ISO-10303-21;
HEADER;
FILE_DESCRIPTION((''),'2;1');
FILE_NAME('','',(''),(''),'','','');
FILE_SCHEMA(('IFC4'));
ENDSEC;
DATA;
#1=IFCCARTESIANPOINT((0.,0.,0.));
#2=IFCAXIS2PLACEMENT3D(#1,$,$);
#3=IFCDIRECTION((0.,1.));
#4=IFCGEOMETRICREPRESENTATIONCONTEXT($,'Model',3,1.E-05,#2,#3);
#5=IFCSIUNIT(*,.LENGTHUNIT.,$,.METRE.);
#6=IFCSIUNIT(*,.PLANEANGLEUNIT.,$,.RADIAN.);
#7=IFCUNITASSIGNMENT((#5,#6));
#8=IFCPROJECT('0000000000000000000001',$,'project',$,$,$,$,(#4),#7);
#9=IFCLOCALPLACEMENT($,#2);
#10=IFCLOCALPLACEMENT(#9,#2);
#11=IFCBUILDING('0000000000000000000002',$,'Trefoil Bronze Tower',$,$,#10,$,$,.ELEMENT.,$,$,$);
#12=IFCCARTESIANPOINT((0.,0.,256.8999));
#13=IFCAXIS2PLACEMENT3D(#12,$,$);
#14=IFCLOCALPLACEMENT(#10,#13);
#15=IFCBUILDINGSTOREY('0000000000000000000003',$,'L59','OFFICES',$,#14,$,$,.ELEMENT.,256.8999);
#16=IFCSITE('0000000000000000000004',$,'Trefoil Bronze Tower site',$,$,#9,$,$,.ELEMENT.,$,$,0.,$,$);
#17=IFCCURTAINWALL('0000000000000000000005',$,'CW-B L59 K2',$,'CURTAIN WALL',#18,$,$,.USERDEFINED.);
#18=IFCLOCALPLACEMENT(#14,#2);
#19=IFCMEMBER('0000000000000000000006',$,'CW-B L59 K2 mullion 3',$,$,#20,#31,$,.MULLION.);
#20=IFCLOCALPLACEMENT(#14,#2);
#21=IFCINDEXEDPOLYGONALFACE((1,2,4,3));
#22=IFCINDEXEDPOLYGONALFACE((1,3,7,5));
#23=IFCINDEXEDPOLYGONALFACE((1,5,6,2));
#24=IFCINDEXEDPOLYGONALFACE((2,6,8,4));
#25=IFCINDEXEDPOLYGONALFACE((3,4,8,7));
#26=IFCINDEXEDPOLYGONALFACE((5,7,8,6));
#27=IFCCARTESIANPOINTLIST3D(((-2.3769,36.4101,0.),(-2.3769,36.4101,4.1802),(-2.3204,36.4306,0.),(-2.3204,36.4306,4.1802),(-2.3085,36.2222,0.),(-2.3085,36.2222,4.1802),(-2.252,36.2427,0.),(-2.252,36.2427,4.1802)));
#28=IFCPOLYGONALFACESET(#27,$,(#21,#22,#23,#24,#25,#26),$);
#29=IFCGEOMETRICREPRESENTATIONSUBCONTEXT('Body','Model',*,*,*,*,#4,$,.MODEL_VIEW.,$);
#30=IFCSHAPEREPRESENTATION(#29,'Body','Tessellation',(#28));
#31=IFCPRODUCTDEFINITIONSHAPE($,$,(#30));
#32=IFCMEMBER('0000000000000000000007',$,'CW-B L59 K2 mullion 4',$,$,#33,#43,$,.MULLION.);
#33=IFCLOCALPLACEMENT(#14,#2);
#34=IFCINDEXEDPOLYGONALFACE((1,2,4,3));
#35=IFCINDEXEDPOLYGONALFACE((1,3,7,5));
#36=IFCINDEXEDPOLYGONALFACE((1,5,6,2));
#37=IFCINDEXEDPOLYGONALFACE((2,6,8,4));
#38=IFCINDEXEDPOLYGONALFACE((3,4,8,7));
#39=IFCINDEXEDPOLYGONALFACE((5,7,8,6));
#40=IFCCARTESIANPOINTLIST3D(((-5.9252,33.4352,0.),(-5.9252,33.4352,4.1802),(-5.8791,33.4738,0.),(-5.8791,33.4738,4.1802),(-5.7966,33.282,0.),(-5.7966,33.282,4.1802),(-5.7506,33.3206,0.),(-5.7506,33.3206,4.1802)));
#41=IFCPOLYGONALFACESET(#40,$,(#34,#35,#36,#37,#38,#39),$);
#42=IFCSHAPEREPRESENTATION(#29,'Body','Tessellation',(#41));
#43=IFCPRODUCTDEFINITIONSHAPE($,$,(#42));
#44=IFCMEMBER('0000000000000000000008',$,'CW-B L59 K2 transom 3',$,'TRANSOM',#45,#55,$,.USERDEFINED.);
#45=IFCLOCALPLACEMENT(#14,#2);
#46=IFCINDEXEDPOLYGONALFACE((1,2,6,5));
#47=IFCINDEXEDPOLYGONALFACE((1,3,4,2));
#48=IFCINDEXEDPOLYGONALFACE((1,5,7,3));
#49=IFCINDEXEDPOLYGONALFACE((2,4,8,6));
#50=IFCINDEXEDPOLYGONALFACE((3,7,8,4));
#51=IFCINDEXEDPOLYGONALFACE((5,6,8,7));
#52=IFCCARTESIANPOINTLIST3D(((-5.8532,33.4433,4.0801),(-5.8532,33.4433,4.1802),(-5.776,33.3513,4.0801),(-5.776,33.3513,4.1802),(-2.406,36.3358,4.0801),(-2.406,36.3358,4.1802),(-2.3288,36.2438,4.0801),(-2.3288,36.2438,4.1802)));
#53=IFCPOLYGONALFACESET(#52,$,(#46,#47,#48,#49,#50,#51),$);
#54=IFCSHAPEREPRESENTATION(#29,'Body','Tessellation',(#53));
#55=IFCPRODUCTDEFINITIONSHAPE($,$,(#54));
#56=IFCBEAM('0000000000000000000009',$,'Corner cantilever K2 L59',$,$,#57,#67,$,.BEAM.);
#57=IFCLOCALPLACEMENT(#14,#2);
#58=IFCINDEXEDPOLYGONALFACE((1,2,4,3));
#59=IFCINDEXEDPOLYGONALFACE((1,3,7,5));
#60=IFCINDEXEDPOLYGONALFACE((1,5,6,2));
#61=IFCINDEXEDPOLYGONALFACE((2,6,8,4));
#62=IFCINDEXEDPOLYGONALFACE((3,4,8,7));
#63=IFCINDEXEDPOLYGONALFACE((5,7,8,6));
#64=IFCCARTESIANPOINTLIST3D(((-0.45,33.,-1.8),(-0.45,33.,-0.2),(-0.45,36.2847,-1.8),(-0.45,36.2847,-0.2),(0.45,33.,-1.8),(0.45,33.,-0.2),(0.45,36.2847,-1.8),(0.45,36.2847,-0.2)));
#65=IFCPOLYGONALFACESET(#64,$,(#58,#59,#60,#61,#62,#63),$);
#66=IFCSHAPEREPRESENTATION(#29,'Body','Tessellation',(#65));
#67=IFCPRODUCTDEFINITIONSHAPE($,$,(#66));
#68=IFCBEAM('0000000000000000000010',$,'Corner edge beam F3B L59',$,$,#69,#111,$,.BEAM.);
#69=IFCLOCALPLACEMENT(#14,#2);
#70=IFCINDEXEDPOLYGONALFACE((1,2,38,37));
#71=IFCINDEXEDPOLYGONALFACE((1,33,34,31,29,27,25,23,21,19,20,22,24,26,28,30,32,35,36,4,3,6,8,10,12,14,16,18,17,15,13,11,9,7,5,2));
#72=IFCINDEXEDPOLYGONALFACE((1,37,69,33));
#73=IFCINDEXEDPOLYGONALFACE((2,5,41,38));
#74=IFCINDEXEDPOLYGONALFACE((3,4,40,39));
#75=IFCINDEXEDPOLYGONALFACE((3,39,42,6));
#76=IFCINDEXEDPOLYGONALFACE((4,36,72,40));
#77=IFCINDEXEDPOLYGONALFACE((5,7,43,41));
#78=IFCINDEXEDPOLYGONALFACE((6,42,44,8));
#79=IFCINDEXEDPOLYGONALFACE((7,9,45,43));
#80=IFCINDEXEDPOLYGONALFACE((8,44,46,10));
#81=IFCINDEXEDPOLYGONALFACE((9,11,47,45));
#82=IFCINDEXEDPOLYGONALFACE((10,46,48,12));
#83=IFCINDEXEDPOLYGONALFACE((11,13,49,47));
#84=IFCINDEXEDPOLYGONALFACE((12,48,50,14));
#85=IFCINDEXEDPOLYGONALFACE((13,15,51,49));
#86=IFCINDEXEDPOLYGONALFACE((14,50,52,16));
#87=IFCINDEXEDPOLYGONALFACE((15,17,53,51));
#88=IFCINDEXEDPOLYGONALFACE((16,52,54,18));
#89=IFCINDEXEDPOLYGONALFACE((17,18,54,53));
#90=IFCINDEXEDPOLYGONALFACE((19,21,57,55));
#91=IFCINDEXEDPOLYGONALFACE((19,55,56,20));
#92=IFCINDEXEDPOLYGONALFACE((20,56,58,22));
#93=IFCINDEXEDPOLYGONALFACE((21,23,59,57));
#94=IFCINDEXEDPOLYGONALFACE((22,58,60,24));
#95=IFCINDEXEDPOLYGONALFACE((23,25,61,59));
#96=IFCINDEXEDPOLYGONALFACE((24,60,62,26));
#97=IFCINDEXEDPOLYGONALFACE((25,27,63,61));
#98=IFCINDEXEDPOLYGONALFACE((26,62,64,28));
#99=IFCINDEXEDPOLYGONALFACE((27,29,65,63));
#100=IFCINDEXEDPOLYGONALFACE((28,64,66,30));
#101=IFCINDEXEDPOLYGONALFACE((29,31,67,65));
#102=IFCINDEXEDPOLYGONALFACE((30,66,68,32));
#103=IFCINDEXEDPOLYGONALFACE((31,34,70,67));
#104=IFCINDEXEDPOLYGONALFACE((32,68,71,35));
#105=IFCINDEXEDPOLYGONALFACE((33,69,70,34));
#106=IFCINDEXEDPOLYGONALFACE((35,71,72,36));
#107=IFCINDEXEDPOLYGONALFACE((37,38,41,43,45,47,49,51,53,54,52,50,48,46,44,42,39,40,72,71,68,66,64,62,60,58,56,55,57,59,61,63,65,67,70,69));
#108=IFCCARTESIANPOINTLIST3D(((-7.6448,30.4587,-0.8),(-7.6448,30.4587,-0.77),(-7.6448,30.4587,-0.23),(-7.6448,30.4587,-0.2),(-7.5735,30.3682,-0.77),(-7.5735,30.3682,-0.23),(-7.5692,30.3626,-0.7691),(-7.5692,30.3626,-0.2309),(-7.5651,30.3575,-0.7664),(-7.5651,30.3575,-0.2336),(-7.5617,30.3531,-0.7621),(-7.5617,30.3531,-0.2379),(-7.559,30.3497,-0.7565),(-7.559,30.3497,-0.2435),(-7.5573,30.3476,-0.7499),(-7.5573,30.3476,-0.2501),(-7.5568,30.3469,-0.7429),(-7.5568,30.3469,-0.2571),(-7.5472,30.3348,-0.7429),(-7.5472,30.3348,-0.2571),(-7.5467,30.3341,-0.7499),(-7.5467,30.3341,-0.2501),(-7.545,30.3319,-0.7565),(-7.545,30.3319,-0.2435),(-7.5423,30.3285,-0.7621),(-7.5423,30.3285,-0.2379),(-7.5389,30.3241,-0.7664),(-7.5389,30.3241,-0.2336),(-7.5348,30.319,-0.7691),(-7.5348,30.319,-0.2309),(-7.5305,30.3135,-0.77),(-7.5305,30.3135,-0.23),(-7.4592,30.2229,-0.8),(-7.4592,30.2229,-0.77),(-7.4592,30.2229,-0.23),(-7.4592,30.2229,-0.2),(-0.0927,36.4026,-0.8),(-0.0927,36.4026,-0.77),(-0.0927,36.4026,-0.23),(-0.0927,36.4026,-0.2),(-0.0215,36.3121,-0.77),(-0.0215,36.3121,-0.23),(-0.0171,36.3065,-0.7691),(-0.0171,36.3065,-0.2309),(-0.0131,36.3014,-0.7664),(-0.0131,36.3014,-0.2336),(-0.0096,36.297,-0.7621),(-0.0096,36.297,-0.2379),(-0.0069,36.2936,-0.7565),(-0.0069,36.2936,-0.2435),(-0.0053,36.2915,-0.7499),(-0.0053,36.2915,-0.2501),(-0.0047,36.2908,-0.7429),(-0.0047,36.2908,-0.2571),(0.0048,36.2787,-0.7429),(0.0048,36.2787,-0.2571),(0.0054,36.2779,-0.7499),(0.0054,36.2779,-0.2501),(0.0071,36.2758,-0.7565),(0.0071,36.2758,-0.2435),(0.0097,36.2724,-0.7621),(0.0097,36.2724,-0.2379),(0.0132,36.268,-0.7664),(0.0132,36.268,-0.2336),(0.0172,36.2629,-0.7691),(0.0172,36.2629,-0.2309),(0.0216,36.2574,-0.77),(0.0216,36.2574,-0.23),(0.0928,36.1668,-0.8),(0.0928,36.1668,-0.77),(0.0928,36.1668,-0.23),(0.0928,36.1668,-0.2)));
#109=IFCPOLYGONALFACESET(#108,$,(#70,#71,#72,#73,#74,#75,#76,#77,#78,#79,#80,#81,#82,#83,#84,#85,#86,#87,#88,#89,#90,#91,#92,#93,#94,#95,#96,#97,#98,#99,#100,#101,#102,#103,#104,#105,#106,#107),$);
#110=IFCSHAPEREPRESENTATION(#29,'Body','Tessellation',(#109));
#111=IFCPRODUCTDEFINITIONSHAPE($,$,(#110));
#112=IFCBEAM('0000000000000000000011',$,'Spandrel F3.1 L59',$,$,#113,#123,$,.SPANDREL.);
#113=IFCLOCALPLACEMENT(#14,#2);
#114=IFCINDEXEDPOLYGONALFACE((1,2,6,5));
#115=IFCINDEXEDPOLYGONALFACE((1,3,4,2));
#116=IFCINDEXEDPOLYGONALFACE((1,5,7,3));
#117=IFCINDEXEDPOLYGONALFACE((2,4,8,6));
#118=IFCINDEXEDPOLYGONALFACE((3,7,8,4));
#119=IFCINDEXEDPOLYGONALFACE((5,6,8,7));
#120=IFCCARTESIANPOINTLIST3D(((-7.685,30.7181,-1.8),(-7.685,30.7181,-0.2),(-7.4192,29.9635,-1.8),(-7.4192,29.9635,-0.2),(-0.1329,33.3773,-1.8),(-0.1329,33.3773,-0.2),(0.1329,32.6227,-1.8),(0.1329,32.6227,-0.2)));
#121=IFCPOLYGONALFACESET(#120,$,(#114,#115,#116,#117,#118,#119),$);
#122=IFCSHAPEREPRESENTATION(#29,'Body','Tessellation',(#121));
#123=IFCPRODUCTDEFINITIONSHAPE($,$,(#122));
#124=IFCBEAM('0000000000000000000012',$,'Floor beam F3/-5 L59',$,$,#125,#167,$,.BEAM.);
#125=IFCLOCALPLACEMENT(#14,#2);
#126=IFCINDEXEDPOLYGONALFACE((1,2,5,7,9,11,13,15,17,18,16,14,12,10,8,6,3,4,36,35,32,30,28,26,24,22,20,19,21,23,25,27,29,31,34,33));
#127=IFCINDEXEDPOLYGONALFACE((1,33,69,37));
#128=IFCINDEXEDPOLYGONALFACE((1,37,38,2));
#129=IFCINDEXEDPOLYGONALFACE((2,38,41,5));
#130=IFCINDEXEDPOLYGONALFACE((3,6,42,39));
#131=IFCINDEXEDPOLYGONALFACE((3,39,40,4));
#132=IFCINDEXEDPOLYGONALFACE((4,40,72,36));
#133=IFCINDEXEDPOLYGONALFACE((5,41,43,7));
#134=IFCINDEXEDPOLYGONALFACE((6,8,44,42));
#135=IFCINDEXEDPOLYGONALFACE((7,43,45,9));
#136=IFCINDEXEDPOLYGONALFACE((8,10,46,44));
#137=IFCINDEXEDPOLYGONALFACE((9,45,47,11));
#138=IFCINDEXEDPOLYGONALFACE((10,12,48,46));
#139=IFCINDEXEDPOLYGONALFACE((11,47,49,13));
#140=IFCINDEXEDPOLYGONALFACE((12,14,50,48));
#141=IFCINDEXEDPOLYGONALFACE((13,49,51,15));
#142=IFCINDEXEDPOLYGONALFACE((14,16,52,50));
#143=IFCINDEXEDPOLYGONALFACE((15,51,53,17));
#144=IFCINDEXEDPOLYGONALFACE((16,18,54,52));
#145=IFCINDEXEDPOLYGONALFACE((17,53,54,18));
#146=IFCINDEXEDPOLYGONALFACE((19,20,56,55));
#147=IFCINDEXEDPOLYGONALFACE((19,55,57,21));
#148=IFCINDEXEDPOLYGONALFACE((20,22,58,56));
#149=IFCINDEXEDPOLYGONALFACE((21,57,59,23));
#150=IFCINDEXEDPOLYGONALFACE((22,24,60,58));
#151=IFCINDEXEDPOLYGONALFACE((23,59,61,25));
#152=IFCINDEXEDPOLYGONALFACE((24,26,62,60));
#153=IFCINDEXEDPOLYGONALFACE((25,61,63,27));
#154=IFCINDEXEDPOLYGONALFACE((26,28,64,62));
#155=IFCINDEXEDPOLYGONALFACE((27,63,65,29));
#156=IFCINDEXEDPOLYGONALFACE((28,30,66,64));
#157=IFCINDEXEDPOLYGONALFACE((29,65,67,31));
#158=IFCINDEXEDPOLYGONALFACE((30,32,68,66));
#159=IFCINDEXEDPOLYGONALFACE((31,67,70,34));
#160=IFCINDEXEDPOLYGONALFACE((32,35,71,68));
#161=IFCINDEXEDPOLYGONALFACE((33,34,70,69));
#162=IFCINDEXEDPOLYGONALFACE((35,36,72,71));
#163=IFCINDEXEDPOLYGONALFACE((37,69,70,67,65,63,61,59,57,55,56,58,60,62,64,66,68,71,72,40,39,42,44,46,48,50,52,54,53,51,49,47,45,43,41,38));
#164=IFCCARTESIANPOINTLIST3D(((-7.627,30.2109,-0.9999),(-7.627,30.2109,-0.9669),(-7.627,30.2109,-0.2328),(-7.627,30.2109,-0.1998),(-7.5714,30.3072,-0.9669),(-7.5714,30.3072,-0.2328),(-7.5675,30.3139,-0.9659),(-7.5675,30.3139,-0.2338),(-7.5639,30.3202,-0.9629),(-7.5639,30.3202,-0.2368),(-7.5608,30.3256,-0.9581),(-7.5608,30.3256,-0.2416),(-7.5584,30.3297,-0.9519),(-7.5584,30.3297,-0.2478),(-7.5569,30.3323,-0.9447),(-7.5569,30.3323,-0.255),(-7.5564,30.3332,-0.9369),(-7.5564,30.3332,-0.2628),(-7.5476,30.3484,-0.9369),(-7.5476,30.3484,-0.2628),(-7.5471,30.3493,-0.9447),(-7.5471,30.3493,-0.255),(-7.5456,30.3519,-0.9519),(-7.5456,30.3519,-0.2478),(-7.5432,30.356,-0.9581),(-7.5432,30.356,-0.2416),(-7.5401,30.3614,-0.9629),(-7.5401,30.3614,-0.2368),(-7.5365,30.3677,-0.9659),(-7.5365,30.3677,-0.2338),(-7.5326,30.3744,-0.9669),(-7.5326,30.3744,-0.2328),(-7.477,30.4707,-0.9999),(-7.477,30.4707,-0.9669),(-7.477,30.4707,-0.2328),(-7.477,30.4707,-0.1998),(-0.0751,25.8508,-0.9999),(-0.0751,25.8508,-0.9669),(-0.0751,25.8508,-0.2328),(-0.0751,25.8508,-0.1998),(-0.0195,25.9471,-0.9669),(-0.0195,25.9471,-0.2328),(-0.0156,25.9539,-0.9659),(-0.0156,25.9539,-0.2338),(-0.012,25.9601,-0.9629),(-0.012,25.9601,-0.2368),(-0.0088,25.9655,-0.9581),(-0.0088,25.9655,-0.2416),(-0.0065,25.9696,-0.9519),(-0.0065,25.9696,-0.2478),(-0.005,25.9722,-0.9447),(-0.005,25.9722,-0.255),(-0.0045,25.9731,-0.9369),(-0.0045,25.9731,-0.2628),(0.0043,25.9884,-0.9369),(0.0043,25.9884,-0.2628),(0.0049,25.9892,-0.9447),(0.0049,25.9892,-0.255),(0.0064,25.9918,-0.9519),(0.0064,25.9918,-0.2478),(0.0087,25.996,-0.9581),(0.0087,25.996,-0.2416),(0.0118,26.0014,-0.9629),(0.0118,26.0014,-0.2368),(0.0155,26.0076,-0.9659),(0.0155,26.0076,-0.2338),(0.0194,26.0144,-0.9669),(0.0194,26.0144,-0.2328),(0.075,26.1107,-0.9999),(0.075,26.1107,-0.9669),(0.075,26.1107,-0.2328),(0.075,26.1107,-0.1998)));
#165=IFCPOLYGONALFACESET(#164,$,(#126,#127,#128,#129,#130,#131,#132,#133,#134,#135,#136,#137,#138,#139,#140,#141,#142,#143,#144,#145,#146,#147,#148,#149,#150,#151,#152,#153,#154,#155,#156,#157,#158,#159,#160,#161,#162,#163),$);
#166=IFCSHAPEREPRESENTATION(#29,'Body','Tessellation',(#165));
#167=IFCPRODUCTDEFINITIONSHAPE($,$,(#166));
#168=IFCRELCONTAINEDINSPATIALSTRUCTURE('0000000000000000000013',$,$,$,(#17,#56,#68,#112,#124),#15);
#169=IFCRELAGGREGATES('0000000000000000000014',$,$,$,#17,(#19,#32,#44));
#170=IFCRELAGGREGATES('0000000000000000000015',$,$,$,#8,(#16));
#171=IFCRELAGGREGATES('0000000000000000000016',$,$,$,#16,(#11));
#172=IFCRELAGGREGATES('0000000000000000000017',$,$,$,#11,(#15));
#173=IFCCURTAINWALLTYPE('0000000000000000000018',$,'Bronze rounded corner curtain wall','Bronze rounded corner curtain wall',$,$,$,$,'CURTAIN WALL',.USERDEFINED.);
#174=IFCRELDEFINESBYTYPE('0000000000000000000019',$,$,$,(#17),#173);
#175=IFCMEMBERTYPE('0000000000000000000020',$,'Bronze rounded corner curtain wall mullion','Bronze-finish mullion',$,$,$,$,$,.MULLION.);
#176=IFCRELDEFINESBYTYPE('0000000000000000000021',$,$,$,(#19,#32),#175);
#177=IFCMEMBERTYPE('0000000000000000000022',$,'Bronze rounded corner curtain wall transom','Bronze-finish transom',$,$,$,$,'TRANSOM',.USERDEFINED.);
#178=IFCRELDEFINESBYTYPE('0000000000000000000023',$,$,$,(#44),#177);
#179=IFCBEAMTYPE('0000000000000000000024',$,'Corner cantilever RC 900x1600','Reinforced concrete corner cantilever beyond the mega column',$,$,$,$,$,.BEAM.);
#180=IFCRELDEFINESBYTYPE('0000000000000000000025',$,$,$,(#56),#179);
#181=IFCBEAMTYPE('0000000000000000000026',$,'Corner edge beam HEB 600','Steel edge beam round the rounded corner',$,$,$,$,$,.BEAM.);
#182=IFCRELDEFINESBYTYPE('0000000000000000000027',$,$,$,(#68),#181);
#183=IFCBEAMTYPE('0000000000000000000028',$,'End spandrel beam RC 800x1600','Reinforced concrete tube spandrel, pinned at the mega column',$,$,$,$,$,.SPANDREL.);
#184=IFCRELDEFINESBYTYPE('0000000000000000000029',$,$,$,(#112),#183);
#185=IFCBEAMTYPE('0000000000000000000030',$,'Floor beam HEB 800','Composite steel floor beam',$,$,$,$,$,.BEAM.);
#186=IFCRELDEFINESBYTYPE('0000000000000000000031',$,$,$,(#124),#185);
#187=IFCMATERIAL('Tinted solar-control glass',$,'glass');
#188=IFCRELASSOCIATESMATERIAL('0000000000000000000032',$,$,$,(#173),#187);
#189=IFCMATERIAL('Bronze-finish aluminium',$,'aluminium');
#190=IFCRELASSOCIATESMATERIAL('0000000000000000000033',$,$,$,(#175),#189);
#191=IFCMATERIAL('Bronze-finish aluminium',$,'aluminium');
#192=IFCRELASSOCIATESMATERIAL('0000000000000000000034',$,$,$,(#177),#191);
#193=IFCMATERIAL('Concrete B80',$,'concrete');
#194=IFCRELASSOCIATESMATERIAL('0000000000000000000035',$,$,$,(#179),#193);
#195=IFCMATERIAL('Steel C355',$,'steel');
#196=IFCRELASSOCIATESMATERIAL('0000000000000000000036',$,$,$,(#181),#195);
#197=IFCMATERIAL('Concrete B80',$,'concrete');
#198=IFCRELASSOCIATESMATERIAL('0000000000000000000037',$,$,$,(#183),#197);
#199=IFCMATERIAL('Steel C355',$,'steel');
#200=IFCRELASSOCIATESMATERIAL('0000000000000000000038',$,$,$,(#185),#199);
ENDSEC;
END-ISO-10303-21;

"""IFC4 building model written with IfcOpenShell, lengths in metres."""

from ifc_helpers import new_model, si_unit, direction, frame, origin, origin_2d, place, context, subcontext, project, spatial, rectangle, i_section, extrude, material, material_profile, profile_set, type_object, element, aggregate, save


model = new_model("IFC4")

# Units and contexts
model_context = context("Model", 3, precision=1e-05, world=origin(), true_north=direction((0.0, 1.0)))
body_context = subcontext(model_context, "Body", "Model", "MODEL_VIEW")
ifc_project = project(units=[si_unit("LENGTHUNIT", "METRE"), si_unit("PLANEANGLEUNIT", "RADIAN")], contexts=[model_context])

# Site, building, storey
site_placement = place(None, origin())
site = spatial("IfcSite", under=ifc_project, at=site_placement, Name="Trefoil Bronze Tower site", CompositionType="ELEMENT", RefElevation=0.0)
building_placement = place(site_placement, origin())
building = spatial("IfcBuilding", under=site, at=building_placement, Name="Trefoil Bronze Tower", CompositionType="ELEMENT")
storey_placement = place(building_placement, frame((0.0, 0.0, 256.8999)))
storey = spatial("IfcBuildingStorey", under=building, at=storey_placement, Name="L59", Description="OFFICES", CompositionType="ELEMENT", Elevation=256.8999)

# Curtain wall, members
ifc_material_1 = material(Name="Tinted solar-control glass", Category="glass")
curtain_wall_type_1 = type_object("IfcCurtainWallType", Name="Bronze rounded corner curtain wall", Description="Bronze rounded corner curtain wall", ElementType="CURTAIN WALL", PredefinedType="USERDEFINED", material=ifc_material_1)
curtain_wall_1_placement = place(storey_placement, origin())
curtain_wall_1 = element("IfcCurtainWall", 1, at=curtain_wall_1_placement, inside=storey, type_object=curtain_wall_type_1, Name="CW-B L59 K2", ObjectType="CURTAIN WALL", PredefinedType="USERDEFINED")
ifc_material_2 = material(Name="Bronze-finish aluminium", Category="aluminium")
ifc_material_profile_1 = material_profile(ifc_material_2, rectangle(XDim=0.2, YDim=0.0601, at=origin_2d()), Name="CW-B mullion")
ifc_profile_set_1 = profile_set([ifc_material_profile_1], Name="Bronze-finish aluminium")
member_type_1 = type_object("IfcMemberType", Name="Bronze rounded corner curtain wall mullion", Description="Bronze-finish mullion", PredefinedType="MULLION", material=ifc_profile_set_1)
member_1_placement = place(storey_placement, frame((-2.3145, 36.3264, 0.0), z_axis=(0.0, 0.0, 1.0), x_axis=(0.34202, -0.939693, 0.0)))
member_1 = element("IfcMember", 2, at=member_1_placement, type_object=member_type_1, Name="CW-B L59 K2 mullion 3", PredefinedType="MULLION", context=body_context, shape_type="SweptSolid", body=[
    extrude(rectangle(XDim=0.2, YDim=0.0601, at=origin_2d()), origin(), (0.0, 0.0, 1.0), 4.1802),
])
member_2_placement = place(storey_placement, frame((-5.8379, 33.3779, 0.0), z_axis=(0.0, 0.0, 1.0), x_axis=(0.642788, -0.766044, 0.0)))
member_2 = element("IfcMember", 3, at=member_2_placement, type_object=member_type_1, Name="CW-B L59 K2 mullion 4", PredefinedType="MULLION", context=body_context, shape_type="SweptSolid", body=[
    extrude(rectangle(XDim=0.2, YDim=0.0601, at=origin_2d()), origin(), (0.0, 0.0, 1.0), 4.1802),
])
ifc_material_3 = material(Name="Bronze-finish aluminium", Category="aluminium")
ifc_material_profile_2 = material_profile(ifc_material_3, rectangle(XDim=0.1201, YDim=0.1001, at=origin_2d()), Name="CW-B transom")
ifc_profile_set_2 = profile_set([ifc_material_profile_2], Name="Bronze-finish aluminium")
member_type_2 = type_object("IfcMemberType", Name="Bronze rounded corner curtain wall transom", Description="Bronze-finish transom", ElementType="TRANSOM", PredefinedType="USERDEFINED", material=ifc_profile_set_2)
member_3_placement = place(storey_placement, frame((-2.3674, 36.2898, 4.1301), z_axis=(-0.766047, -0.642785, 0.0), x_axis=(0.642785, -0.766047, 0.0)))
member_3 = element("IfcMember", 4, at=member_3_placement, type_object=member_type_2, Name="CW-B L59 K2 transom 3", ObjectType="TRANSOM", PredefinedType="USERDEFINED", context=body_context, shape_type="SweptSolid", body=[
    extrude(rectangle(XDim=0.1201, YDim=0.1001, at=origin_2d()), origin(), (0.0, 0.0, 1.0), 4.5),
])

# Beams
ifc_material_4 = material(Name="Concrete B80", Category="concrete")
ifc_material_profile_3 = material_profile(ifc_material_4, rectangle(XDim=0.8999, YDim=1.6001, at=origin_2d()), Name="RC 900x1600")
ifc_profile_set_3 = profile_set([ifc_material_profile_3], Name="Concrete B80")
beam_type_1 = type_object("IfcBeamType", Name="Corner cantilever RC 900x1600", Description="Reinforced concrete corner cantilever beyond the mega column", PredefinedType="BEAM", material=ifc_profile_set_3)
beam_1_placement = place(storey_placement, frame((0.0, 33.0, -1.0), z_axis=(0.0, 1.0, 0.0), x_axis=(-1.0, 0.0, 0.0)))
element("IfcBeam", 5, at=beam_1_placement, inside=storey, type_object=beam_type_1, Name="Corner cantilever K2 L59", PredefinedType="BEAM", context=body_context, shape_type="SweptSolid", body=[
    extrude(rectangle(XDim=0.8999, YDim=1.6001, at=origin_2d()), origin(), (0.0, 0.0, 1.0), 3.2847),
])
ifc_material_5 = material(Name="Steel C355", Category="steel")
ifc_material_profile_4 = material_profile(ifc_material_5, i_section(OverallWidth=0.3, OverallDepth=0.6001, WebThickness=0.0154, FlangeThickness=0.03, FilletRadius=0.0271, at=origin_2d()), Name="HEB 600")
ifc_profile_set_4 = profile_set([ifc_material_profile_4], Name="Steel C355")
beam_type_2 = type_object("IfcBeamType", Name="Corner edge beam HEB 600", Description="Steel edge beam round the rounded corner", PredefinedType="BEAM", material=ifc_profile_set_4)
beam_2_placement = place(storey_placement, frame((-7.552, 30.3408, -0.5), z_axis=(0.785806, 0.618473, 0.0), x_axis=(-0.618473, 0.785806, 0.0)))
element("IfcBeam", 6, at=beam_2_placement, inside=storey, type_object=beam_type_2, Name="Corner edge beam F3B L59", PredefinedType="BEAM", context=body_context, shape_type="SweptSolid", body=[
    extrude(i_section(OverallWidth=0.3, OverallDepth=0.6001, WebThickness=0.0154, FlangeThickness=0.03, FilletRadius=0.0271, at=origin_2d()), origin(), (0.0, 0.0, 1.0), 9.6106),
])
ifc_material_6 = material(Name="Concrete B80", Category="concrete")
ifc_material_profile_5 = material_profile(ifc_material_6, rectangle(XDim=0.8, YDim=1.6001, at=origin_2d()), Name="RC 800x1600")
ifc_profile_set_5 = profile_set([ifc_material_profile_5], Name="Concrete B80")
beam_type_3 = type_object("IfcBeamType", Name="End spandrel beam RC 800x1600", Description="Reinforced concrete tube spandrel, pinned at the mega column", PredefinedType="SPANDREL", material=ifc_profile_set_5)
beam_3_placement = place(storey_placement, frame((0.0, 33.0, -1.0), z_axis=(-0.943234, -0.332128, 0.0), x_axis=(0.332128, -0.943234, 0.0)))
element("IfcBeam", 7, at=beam_3_placement, inside=storey, type_object=beam_type_3, Name="Spandrel F3.1 L59", PredefinedType="SPANDREL", context=body_context, shape_type="SweptSolid", body=[
    extrude(rectangle(XDim=0.8, YDim=1.6001, at=origin_2d()), origin(), (0.0, 0.0, 1.0), 8.0066),
])
ifc_material_7 = material(Name="Steel C355", Category="steel")
ifc_material_profile_6 = material_profile(ifc_material_7, i_section(OverallWidth=0.3, OverallDepth=0.8, WebThickness=0.0176, FlangeThickness=0.033, FilletRadius=0.03, at=origin_2d()), Name="HEB 800")
ifc_profile_set_6 = profile_set([ifc_material_profile_6], Name="Steel C355")
beam_type_4 = type_object("IfcBeamType", Name="Floor beam HEB 800", Description="Composite steel floor beam", PredefinedType="BEAM", material=ifc_profile_set_6)
beam_4_placement = place(storey_placement, frame((-7.552, 30.3408, -0.5999), z_axis=(0.866028, -0.499996, 0.0), x_axis=(0.499996, 0.866028, 0.0)))
element("IfcBeam", 8, at=beam_4_placement, inside=storey, type_object=beam_type_4, Name="Floor beam F3/-5 L59", PredefinedType="BEAM", context=body_context, shape_type="SweptSolid", body=[
    extrude(i_section(OverallWidth=0.3, OverallDepth=0.8, WebThickness=0.0176, FlangeThickness=0.033, FilletRadius=0.03, at=origin_2d()), origin(), (0.0, 0.0, 1.0), 8.7202),
])

aggregate(curtain_wall_1, [member_1, member_2, member_3])

save(model, "model.ifc")
